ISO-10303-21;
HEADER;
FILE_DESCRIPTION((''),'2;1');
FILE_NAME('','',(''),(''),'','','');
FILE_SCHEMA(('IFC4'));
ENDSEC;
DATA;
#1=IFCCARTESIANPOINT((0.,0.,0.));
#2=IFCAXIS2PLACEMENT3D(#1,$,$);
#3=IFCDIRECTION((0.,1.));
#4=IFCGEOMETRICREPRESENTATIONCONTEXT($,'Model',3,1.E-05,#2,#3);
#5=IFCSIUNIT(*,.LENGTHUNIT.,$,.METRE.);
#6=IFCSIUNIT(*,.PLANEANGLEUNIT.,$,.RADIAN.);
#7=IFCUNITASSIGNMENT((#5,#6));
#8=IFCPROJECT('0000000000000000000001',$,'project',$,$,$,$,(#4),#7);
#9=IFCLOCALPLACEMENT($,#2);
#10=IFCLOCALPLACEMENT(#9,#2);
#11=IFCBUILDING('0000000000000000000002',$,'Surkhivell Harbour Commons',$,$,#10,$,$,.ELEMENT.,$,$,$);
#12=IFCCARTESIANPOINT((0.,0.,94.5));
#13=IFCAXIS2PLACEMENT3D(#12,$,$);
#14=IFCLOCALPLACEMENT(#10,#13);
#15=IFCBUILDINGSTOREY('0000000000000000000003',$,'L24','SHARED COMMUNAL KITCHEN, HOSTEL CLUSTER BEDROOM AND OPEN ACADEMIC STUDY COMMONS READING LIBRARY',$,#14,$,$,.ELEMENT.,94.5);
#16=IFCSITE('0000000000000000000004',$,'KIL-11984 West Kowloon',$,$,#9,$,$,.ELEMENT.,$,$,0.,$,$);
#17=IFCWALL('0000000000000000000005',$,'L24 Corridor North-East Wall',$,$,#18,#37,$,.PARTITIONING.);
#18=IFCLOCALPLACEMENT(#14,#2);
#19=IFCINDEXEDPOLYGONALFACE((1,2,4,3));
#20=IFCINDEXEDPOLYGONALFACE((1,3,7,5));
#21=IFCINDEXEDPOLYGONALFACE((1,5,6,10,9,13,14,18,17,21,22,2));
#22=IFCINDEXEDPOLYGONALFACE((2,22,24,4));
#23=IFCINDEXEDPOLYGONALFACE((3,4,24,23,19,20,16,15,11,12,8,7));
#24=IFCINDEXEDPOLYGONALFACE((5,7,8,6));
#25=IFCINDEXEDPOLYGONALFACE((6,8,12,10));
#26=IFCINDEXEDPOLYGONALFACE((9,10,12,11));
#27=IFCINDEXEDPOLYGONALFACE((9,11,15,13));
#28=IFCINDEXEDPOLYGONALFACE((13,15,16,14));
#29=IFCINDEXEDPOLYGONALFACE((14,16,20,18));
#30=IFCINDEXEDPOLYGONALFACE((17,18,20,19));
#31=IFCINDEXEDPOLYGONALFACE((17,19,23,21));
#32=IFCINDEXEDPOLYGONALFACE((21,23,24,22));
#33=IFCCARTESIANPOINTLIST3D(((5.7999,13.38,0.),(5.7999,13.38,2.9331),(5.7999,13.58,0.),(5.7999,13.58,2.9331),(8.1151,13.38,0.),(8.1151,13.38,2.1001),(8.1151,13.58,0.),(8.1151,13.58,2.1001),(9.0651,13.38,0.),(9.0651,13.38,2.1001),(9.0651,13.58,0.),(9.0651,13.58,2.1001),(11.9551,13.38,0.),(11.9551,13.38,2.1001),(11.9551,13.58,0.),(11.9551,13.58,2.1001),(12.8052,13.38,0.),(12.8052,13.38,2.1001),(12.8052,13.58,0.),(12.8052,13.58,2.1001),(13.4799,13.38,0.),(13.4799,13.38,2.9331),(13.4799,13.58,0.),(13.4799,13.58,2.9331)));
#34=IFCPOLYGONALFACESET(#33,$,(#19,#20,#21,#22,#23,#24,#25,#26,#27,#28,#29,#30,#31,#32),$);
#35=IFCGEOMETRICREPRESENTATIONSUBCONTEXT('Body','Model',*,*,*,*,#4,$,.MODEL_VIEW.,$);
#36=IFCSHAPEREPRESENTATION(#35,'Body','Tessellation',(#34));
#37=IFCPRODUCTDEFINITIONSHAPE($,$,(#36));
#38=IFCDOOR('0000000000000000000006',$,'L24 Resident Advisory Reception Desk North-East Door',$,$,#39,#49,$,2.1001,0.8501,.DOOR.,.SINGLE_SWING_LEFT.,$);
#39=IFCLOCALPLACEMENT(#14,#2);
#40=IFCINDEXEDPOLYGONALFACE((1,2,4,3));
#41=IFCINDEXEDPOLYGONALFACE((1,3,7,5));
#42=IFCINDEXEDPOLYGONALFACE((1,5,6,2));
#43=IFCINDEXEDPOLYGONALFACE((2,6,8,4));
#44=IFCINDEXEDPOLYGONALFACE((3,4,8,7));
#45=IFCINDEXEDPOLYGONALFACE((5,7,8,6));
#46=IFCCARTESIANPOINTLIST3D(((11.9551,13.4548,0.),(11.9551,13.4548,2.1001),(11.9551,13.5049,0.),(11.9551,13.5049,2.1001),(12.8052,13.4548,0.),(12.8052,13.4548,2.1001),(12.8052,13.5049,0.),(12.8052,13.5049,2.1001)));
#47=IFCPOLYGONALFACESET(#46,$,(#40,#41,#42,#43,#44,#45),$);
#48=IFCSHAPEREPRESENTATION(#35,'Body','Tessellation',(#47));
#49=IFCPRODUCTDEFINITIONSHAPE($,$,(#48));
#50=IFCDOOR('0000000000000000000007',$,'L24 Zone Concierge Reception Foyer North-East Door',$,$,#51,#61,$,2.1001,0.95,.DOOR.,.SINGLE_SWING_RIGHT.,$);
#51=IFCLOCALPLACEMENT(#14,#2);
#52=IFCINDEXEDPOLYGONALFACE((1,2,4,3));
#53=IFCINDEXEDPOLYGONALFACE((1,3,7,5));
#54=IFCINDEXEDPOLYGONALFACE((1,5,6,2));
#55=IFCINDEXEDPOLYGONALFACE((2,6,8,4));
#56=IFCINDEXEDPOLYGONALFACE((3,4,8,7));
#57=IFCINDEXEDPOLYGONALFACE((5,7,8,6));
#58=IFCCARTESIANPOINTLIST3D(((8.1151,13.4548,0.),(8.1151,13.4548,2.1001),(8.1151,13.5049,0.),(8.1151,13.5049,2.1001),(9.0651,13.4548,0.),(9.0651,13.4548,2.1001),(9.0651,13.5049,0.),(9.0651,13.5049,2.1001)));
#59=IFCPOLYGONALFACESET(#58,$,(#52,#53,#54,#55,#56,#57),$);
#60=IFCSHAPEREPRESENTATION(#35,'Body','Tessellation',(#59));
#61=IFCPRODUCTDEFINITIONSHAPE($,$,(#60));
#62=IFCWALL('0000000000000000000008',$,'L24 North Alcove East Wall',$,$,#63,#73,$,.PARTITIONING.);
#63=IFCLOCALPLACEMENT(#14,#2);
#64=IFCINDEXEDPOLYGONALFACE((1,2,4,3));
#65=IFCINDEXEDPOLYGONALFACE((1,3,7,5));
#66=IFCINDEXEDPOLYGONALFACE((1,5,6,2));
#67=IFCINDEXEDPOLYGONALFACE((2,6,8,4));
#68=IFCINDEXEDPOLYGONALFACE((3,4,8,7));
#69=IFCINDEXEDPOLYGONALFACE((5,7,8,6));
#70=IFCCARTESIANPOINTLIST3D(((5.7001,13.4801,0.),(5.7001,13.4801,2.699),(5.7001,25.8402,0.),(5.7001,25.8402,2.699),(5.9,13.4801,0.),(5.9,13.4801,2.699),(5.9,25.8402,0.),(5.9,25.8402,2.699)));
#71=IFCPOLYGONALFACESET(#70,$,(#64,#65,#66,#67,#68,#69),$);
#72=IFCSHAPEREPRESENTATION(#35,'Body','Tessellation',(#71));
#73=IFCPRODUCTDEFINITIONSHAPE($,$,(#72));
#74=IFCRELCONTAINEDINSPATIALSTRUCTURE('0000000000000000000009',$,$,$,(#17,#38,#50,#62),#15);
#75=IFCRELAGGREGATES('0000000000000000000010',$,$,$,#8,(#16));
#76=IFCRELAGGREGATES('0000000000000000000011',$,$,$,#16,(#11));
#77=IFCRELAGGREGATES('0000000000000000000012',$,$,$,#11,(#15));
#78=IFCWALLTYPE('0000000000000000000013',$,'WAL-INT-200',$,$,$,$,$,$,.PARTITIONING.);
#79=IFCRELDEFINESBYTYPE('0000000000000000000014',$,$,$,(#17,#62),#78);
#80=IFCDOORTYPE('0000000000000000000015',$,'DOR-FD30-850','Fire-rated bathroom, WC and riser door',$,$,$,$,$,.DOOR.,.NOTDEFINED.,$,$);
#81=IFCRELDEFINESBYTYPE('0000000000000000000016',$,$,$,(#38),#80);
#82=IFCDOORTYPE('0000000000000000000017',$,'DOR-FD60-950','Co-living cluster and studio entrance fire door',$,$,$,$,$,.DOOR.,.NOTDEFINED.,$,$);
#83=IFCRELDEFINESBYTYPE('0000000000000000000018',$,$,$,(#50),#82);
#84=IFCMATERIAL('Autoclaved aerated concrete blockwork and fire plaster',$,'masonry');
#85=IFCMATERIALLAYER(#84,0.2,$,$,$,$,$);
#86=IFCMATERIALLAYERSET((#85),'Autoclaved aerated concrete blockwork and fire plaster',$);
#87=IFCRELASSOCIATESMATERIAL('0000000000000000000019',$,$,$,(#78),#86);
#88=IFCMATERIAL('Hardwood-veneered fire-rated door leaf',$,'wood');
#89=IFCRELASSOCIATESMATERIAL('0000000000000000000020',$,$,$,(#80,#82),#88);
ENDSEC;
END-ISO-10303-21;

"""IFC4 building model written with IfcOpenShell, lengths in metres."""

from ifc_helpers import new_model, si_unit, direction, frame, frame_2d, origin, place, context, subcontext, project, spatial, rectangle, extrude, material, layer, layer_set, type_object, element, fill, save


model = new_model("IFC4")

# Units and contexts
model_context = context("Model", 3, precision=1e-05, world=origin(), true_north=direction((0.0, 1.0)))
body_context = subcontext(model_context, "Body", "Model", "MODEL_VIEW")
ifc_project = project(units=[si_unit("LENGTHUNIT", "METRE"), si_unit("PLANEANGLEUNIT", "RADIAN")], contexts=[model_context])

# Site, building, storey
site_placement = place(None, origin())
site = spatial("IfcSite", under=ifc_project, at=site_placement, Name="KIL-11984 West Kowloon", CompositionType="ELEMENT", RefElevation=0.0)
building_placement = place(site_placement, origin())
building = spatial("IfcBuilding", under=site, at=building_placement, Name="Surkhivell Harbour Commons", CompositionType="ELEMENT")
storey_placement = place(building_placement, frame((0.0, 0.0, 94.5)))
storey = spatial("IfcBuildingStorey", under=building, at=storey_placement, Name="L24", Description="SHARED COMMUNAL KITCHEN, HOSTEL CLUSTER BEDROOM AND OPEN ACADEMIC STUDY COMMONS READING LIBRARY", CompositionType="ELEMENT", Elevation=94.5)

# Wall, openings, doors
ifc_material_1 = material(Name="Autoclaved aerated concrete blockwork and fire plaster", Category="masonry")
ifc_layer_1 = layer(ifc_material_1, 0.2)
ifc_layer_set_1 = layer_set([ifc_layer_1], Name="Autoclaved aerated concrete blockwork and fire plaster")
wall_type_1 = type_object("IfcWallType", Name="WAL-INT-200", PredefinedType="PARTITIONING", material=ifc_layer_set_1)
wall_1_placement = place(storey_placement, frame((5.8, 13.48, 0.0), z_axis=(0.0, 0.0, 1.0), x_axis=(1.0, 0.0, 0.0)))
wall_1 = element("IfcWall", 1, at=wall_1_placement, inside=storey, type_object=wall_type_1, Name="L24 Corridor North-East Wall", PredefinedType="PARTITIONING", context=body_context, shape_type="SweptSolid", body=[
    extrude(rectangle(XDim=7.6799, YDim=0.2, at=frame_2d((3.8398, 0.0))), origin(), (0.0, 0.0, 1.0), 2.9331),
])
opening_1_placement = place(wall_1_placement, frame((2.3149, 0.0, 0.0)))
opening_1 = element("IfcOpeningElement", 2, at=opening_1_placement, cuts=wall_1, PredefinedType="OPENING", context=body_context, shape_type="SweptSolid", body=[
    extrude(rectangle(XDim=0.95, YDim=2.1001, at=frame_2d((0.4751, 1.05))), frame((0.0, 0.1099, 0.0), z_axis=(0.0, -1.0, 0.0), x_axis=(1.0, 0.0, 0.0)), (0.0, 0.0, 1.0), 0.22),
])
opening_2_placement = place(wall_1_placement, frame((6.155, 0.0, 0.0)))
opening_2 = element("IfcOpeningElement", 3, at=opening_2_placement, cuts=wall_1, PredefinedType="OPENING", context=body_context, shape_type="SweptSolid", body=[
    extrude(rectangle(XDim=0.8501, YDim=2.1001, at=frame_2d((0.425, 1.05))), frame((0.0, 0.1099, 0.0), z_axis=(0.0, -1.0, 0.0), x_axis=(1.0, 0.0, 0.0)), (0.0, 0.0, 1.0), 0.22),
])
ifc_material_2 = material(Name="Hardwood-veneered fire-rated door leaf", Category="wood")
door_type_1 = type_object("IfcDoorType", Name="DOR-FD30-850", Description="Fire-rated bathroom, WC and riser door", OperationType="NOTDEFINED", PredefinedType="DOOR", material=ifc_material_2)
door_1_placement = place(opening_2_placement, origin())
door_1 = element("IfcDoor", 4, at=door_1_placement, inside=storey, type_object=door_type_1, Name="L24 Resident Advisory Reception Desk North-East Door", OperationType="SINGLE_SWING_LEFT", OverallHeight=2.1001, OverallWidth=0.8501, PredefinedType="DOOR", context=body_context, shape_type="SweptSolid", body=[
    extrude(rectangle(XDim=0.8501, YDim=2.1001, at=frame_2d((0.425, 1.05))), frame((0.0, 0.0249, 0.0), z_axis=(0.0, -1.0, 0.0), x_axis=(1.0, 0.0, 0.0)), (0.0, 0.0, 1.0), 0.05),
])
fill(opening_2, door_1)
door_type_2 = type_object("IfcDoorType", Name="DOR-FD60-950", Description="Co-living cluster and studio entrance fire door", OperationType="NOTDEFINED", PredefinedType="DOOR", material=ifc_material_2)
door_2_placement = place(opening_1_placement, origin())
door_2 = element("IfcDoor", 5, at=door_2_placement, inside=storey, type_object=door_type_2, Name="L24 Zone Concierge Reception Foyer North-East Door", OperationType="SINGLE_SWING_RIGHT", OverallHeight=2.1001, OverallWidth=0.95, PredefinedType="DOOR", context=body_context, shape_type="SweptSolid", body=[
    extrude(rectangle(XDim=0.95, YDim=2.1001, at=frame_2d((0.4751, 1.05))), frame((0.0, 0.0249, 0.0), z_axis=(0.0, -1.0, 0.0), x_axis=(1.0, 0.0, 0.0)), (0.0, 0.0, 1.0), 0.05),
])
fill(opening_1, door_2)

# Wall
wall_2_placement = place(storey_placement, frame((5.8, 13.48, 0.0), z_axis=(0.0, 0.0, 1.0), x_axis=(0.0, 1.0, 0.0)))
element("IfcWall", 6, at=wall_2_placement, inside=storey, type_object=wall_type_1, Name="L24 North Alcove East Wall", PredefinedType="PARTITIONING", context=body_context, shape_type="SweptSolid", body=[
    extrude(rectangle(XDim=12.3601, YDim=0.2, at=frame_2d((6.1802, 0.0))), origin(), (0.0, 0.0, 1.0), 2.699),
])

save(model, "model.ifc")
